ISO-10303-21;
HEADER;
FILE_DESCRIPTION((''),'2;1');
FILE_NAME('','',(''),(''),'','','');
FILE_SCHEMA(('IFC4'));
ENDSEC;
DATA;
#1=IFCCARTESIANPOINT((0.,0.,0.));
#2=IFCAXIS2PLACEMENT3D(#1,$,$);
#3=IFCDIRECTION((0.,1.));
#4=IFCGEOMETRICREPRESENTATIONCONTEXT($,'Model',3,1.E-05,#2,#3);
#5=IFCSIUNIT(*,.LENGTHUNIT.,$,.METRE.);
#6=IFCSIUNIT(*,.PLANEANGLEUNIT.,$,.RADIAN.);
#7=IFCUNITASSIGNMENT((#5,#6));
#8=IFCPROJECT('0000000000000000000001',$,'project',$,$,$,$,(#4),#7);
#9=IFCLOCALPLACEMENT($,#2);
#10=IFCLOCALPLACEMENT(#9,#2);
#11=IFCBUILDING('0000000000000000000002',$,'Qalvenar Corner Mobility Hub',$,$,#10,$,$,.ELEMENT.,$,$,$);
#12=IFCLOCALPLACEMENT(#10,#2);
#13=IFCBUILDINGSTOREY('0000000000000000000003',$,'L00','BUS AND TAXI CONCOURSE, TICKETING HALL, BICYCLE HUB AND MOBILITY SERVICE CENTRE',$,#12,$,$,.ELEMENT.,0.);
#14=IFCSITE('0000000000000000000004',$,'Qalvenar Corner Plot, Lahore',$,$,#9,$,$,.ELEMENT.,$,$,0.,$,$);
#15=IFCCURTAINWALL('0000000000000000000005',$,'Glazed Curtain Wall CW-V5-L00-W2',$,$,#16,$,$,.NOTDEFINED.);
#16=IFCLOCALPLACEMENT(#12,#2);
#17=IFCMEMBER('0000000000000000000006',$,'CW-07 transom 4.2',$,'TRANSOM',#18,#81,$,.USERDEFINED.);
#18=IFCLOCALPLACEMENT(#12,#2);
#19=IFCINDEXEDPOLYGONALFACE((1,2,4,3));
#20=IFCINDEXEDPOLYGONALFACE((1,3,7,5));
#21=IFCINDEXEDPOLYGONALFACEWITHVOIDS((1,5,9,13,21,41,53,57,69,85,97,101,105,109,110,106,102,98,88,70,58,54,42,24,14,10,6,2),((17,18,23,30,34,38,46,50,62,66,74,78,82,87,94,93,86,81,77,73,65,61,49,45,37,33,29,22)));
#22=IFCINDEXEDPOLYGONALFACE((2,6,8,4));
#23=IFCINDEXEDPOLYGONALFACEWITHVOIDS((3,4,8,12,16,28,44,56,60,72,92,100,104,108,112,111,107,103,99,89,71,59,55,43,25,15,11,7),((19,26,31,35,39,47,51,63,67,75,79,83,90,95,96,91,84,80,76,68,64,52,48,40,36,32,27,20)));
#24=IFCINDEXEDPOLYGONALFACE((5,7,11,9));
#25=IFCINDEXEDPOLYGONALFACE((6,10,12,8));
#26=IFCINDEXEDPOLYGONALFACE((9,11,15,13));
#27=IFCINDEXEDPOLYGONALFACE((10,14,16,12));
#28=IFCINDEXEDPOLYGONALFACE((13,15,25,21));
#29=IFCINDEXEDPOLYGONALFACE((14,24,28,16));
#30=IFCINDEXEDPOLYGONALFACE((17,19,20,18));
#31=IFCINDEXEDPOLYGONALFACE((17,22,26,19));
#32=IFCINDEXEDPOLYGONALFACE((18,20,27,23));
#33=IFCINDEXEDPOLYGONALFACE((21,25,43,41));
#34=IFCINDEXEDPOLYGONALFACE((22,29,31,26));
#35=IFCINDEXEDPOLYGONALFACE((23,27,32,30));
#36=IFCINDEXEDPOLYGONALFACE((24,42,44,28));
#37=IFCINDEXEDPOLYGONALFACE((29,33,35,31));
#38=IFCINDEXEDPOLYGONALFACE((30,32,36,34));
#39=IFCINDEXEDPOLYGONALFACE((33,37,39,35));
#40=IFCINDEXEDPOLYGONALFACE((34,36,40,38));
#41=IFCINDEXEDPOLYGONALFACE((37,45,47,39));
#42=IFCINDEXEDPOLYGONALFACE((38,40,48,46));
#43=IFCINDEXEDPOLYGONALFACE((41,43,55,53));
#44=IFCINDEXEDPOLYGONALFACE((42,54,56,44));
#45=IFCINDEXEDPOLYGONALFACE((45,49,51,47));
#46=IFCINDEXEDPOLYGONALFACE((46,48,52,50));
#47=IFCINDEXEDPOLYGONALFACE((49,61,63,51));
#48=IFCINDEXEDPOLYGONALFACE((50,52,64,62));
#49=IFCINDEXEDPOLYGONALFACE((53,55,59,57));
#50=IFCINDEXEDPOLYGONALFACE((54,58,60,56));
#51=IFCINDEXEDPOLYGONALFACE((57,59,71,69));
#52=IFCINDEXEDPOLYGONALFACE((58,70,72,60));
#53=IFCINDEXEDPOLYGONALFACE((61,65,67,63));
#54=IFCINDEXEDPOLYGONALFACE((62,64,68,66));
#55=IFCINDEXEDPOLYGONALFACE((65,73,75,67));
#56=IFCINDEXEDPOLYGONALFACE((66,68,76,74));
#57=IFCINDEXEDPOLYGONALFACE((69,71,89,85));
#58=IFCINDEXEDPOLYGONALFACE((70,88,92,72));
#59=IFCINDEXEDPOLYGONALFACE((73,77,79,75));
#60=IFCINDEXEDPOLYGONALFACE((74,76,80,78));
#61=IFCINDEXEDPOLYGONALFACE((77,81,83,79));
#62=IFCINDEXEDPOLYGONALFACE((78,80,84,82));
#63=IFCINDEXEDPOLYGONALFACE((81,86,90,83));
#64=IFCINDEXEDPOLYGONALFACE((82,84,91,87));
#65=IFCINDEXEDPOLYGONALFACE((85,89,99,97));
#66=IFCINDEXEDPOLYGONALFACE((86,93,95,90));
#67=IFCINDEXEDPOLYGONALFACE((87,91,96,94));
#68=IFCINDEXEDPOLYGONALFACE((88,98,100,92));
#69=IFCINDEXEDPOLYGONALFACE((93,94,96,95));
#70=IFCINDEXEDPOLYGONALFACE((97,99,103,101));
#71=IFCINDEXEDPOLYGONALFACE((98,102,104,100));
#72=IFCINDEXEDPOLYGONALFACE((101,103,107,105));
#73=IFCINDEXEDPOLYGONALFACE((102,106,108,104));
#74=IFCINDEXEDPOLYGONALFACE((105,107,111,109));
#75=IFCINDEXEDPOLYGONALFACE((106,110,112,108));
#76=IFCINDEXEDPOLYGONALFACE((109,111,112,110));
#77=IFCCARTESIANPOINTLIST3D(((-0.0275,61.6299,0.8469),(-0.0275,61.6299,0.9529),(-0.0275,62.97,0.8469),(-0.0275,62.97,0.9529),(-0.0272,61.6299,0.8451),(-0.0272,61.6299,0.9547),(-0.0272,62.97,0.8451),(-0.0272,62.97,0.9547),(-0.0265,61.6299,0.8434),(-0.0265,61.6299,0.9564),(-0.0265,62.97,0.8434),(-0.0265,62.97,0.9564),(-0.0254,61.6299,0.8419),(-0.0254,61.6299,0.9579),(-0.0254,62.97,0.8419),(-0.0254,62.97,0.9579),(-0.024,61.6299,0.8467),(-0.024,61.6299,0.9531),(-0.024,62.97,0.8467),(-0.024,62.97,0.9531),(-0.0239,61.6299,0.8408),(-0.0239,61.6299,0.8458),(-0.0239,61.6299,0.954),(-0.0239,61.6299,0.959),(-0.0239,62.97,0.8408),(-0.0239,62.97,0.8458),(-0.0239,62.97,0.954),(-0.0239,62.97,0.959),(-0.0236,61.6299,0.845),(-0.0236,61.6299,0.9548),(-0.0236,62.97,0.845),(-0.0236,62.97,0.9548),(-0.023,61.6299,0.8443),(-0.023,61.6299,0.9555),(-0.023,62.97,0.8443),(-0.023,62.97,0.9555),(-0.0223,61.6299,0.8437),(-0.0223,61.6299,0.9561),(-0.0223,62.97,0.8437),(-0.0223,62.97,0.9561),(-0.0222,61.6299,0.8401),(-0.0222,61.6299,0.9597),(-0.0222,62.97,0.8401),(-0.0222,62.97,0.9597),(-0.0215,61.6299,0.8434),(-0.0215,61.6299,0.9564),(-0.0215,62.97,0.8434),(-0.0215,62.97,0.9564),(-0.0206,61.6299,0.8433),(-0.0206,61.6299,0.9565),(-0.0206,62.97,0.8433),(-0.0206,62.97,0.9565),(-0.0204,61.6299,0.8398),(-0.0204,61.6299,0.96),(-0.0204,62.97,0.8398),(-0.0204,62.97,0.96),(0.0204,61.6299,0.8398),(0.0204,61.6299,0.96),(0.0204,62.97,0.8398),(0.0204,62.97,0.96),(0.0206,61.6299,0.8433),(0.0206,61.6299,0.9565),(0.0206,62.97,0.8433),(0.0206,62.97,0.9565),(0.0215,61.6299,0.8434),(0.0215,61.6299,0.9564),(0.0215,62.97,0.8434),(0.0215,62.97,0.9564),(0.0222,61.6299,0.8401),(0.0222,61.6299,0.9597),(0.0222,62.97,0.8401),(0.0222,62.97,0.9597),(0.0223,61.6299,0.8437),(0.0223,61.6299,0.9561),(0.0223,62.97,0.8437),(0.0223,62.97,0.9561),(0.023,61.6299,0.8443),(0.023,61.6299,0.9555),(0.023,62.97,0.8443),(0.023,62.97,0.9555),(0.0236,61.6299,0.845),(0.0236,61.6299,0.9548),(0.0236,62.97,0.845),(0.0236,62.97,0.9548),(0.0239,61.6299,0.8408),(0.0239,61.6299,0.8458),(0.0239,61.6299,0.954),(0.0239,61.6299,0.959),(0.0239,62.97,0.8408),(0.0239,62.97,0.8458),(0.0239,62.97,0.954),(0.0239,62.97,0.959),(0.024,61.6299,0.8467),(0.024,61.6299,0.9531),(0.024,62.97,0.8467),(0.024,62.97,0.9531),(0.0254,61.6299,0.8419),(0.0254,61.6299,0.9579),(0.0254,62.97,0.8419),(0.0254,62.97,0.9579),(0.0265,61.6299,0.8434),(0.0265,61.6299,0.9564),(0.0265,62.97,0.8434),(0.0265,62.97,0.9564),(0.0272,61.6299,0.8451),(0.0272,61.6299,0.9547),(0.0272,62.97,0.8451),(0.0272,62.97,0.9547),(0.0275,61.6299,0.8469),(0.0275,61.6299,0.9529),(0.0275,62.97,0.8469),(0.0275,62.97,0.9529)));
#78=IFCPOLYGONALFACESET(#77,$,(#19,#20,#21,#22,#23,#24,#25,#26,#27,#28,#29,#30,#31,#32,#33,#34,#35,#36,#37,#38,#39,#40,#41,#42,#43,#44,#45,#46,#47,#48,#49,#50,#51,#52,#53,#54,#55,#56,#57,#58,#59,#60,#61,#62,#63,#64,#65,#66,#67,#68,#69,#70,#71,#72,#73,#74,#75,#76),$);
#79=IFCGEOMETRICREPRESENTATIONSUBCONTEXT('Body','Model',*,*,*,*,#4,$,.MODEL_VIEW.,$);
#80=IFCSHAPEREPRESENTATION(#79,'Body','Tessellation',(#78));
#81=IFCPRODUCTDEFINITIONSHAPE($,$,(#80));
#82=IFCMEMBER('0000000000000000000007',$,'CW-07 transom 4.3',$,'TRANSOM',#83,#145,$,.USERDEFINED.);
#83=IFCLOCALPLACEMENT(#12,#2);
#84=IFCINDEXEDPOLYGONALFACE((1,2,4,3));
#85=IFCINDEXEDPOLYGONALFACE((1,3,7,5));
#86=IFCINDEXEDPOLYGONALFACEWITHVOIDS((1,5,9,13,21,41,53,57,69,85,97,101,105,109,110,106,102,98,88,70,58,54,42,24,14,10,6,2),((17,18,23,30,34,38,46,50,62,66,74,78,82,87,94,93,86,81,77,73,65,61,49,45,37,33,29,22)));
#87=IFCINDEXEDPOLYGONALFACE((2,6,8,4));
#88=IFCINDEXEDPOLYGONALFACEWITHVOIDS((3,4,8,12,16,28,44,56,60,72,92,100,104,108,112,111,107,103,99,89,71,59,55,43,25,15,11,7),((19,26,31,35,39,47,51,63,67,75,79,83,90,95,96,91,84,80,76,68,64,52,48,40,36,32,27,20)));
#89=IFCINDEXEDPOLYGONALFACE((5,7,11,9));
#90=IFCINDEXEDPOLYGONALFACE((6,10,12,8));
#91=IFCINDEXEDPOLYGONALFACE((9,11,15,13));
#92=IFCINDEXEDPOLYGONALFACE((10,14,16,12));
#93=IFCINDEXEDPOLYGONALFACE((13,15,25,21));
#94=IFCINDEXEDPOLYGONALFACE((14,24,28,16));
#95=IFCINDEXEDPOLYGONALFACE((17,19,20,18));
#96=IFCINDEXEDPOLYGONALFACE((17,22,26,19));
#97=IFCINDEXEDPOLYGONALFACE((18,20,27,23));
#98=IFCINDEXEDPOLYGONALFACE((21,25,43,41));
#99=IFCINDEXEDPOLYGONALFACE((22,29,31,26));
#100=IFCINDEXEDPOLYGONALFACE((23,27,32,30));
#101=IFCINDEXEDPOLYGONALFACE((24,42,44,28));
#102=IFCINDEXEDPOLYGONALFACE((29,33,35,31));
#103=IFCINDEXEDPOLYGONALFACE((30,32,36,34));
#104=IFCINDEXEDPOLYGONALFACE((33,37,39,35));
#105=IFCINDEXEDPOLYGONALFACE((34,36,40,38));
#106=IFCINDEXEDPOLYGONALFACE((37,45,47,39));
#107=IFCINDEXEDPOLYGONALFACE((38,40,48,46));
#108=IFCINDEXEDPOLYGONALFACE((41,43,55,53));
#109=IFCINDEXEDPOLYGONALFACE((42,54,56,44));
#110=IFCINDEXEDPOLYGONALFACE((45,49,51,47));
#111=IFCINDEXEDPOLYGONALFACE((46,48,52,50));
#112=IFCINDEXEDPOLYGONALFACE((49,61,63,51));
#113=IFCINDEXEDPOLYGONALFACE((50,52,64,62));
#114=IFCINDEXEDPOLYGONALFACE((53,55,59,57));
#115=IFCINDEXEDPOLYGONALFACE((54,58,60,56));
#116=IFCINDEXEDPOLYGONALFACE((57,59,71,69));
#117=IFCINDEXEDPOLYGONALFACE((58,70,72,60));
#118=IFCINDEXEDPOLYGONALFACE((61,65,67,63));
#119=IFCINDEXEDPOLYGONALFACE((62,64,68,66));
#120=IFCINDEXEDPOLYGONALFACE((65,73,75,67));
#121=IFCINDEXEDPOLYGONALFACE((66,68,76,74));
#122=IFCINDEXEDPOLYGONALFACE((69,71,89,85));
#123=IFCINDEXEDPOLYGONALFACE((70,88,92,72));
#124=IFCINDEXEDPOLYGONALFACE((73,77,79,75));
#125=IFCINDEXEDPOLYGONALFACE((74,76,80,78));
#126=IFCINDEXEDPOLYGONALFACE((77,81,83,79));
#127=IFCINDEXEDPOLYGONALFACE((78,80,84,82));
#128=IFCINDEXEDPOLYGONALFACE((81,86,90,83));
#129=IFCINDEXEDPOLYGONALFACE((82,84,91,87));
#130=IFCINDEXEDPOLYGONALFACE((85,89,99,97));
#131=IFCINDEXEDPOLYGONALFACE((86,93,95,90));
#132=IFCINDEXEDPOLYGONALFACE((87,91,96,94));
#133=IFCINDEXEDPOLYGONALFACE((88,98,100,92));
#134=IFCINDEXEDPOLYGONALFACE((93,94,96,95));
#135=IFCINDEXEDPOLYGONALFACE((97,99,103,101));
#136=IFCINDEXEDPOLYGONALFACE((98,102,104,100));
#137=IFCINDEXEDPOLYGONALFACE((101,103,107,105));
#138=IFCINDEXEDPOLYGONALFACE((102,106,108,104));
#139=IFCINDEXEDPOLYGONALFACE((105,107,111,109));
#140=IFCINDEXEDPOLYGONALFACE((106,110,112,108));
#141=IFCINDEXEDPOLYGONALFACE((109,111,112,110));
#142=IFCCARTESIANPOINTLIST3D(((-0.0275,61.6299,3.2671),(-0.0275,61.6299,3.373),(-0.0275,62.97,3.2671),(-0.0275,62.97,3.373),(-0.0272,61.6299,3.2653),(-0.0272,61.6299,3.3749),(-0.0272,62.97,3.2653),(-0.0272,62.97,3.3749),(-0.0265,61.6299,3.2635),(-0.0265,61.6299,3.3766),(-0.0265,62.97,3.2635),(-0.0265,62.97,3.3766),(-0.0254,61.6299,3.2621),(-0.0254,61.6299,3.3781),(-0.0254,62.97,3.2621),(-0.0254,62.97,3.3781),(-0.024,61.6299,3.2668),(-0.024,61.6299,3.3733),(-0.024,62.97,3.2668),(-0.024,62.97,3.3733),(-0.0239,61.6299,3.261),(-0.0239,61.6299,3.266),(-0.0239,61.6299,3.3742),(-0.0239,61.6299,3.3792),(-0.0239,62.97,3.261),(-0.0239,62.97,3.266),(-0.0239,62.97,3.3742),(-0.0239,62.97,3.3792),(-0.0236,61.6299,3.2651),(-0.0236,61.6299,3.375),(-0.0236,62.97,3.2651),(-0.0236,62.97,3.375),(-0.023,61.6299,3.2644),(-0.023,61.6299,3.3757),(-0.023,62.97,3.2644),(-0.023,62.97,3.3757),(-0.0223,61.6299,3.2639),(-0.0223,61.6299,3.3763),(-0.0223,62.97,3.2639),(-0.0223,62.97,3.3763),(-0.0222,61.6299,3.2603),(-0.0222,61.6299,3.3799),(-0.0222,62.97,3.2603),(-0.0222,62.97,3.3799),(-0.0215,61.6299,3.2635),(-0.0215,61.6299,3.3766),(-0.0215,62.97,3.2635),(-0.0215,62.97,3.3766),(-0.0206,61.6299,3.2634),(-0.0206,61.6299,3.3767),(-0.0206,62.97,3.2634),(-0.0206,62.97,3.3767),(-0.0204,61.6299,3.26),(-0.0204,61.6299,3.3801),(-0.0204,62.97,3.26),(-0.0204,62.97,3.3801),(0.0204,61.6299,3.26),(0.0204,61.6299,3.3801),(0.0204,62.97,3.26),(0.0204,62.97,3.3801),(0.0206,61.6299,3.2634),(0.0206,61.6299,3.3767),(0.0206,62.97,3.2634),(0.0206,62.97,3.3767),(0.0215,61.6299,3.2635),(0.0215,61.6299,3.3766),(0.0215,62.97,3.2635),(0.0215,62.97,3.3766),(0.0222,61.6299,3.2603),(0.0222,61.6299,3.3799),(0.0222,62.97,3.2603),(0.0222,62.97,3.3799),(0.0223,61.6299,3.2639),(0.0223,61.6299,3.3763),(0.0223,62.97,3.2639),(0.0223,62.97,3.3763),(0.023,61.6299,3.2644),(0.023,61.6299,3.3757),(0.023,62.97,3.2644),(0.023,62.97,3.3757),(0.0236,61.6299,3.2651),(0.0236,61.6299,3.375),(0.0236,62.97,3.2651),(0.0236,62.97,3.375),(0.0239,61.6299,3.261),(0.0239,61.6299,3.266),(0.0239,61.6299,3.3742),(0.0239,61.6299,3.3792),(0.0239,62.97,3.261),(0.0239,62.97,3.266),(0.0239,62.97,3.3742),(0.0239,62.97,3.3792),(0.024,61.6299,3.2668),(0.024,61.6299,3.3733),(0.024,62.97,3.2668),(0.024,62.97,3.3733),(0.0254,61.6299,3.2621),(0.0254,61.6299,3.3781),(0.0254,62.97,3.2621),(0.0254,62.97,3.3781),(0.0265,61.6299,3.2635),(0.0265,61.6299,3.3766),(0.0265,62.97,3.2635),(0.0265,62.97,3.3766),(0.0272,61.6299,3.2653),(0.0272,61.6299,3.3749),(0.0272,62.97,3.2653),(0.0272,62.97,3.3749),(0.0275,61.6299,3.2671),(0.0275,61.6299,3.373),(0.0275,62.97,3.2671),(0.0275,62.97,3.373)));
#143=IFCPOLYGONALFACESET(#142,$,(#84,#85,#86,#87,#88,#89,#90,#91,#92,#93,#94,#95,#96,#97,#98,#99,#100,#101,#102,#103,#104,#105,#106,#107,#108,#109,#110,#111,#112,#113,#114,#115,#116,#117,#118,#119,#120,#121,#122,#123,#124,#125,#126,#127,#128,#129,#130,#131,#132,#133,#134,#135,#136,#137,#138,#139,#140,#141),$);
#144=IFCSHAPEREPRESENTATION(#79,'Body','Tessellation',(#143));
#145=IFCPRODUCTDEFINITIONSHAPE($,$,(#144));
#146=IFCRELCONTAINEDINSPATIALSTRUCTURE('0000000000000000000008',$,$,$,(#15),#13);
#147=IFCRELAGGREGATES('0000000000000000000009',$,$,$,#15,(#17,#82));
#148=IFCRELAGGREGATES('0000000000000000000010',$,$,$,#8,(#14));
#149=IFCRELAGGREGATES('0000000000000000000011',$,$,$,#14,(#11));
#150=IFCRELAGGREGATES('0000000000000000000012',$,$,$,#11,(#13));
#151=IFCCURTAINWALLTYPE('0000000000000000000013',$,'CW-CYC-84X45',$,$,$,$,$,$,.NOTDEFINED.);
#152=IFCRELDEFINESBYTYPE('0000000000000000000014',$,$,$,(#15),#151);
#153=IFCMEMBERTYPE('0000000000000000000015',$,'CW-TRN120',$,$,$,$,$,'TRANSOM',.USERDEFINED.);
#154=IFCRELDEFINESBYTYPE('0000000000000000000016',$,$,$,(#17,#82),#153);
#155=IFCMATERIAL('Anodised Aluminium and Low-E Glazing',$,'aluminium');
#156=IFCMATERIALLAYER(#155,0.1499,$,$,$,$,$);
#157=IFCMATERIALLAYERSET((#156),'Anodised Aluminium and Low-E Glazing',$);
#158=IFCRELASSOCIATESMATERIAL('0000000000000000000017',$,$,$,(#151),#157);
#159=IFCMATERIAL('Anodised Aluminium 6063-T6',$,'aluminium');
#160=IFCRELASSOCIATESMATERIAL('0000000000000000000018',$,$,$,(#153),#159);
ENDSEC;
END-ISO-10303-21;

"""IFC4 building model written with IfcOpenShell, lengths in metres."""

from ifc_helpers import new_model, si_unit, direction, frame, origin, origin_2d, place, context, subcontext, project, spatial, hollow_rectangle, extrude, material, layer, layer_set, material_profile, profile_set, type_object, element, aggregate, save


model = new_model("IFC4")

# Units and contexts
model_context = context("Model", 3, precision=1e-05, world=origin(), true_north=direction((0.0, 1.0)))
body_context = subcontext(model_context, "Body", "Model", "MODEL_VIEW")
ifc_project = project(units=[si_unit("LENGTHUNIT", "METRE"), si_unit("PLANEANGLEUNIT", "RADIAN")], contexts=[model_context])

# Site, building, storey
site_placement = place(None, origin())
site = spatial("IfcSite", under=ifc_project, at=site_placement, Name="Qalvenar Corner Plot, Lahore", CompositionType="ELEMENT", RefElevation=0.0)
building_placement = place(site_placement, origin())
building = spatial("IfcBuilding", under=site, at=building_placement, Name="Qalvenar Corner Mobility Hub", CompositionType="ELEMENT")
storey_placement = place(building_placement, origin())
storey = spatial("IfcBuildingStorey", under=building, at=storey_placement, Name="L00", Description="BUS AND TAXI CONCOURSE, TICKETING HALL, BICYCLE HUB AND MOBILITY SERVICE CENTRE", CompositionType="ELEMENT", Elevation=0.0)

# Curtain wall, members
ifc_material_1 = material(Name="Anodised Aluminium and Low-E Glazing", Category="aluminium")
ifc_layer_1 = layer(ifc_material_1, 0.1499)
ifc_layer_set_1 = layer_set([ifc_layer_1], Name="Anodised Aluminium and Low-E Glazing")
curtain_wall_type = type_object("IfcCurtainWallType", Name="CW-CYC-84X45", PredefinedType="NOTDEFINED", material=ifc_layer_set_1)
curtain_wall_placement = place(storey_placement, origin())
curtain_wall = element("IfcCurtainWall", 1, at=curtain_wall_placement, inside=storey, type_object=curtain_wall_type, Name="Glazed Curtain Wall CW-V5-L00-W2", PredefinedType="NOTDEFINED")
ifc_material_2 = material(Name="Anodised Aluminium 6063-T6", Category="aluminium")
ifc_material_profile_1 = material_profile(ifc_material_2, hollow_rectangle(XDim=0.0549, YDim=0.1201, WallThickness=0.0034, InnerFilletRadius=0.0034, OuterFilletRadius=0.0071, at=origin_2d()), Name="RHS120x55x3.5")
ifc_profile_set_1 = profile_set([ifc_material_profile_1], Name="Anodised Aluminium 6063-T6")
member_type_1 = type_object("IfcMemberType", Name="CW-TRN120", ElementType="TRANSOM", PredefinedType="USERDEFINED", material=ifc_profile_set_1)
member_1_placement = place(storey_placement, frame((0.0, 62.97, 0.8999), z_axis=(0.0, -1.0, 0.0), x_axis=(1.0, 0.0, 0.0)))
member_1 = element("IfcMember", 2, at=member_1_placement, type_object=member_type_1, Name="CW-07 transom 4.2", ObjectType="TRANSOM", PredefinedType="USERDEFINED", context=body_context, shape_type="SweptSolid", body=[
    extrude(hollow_rectangle(XDim=0.0549, YDim=0.1201, WallThickness=0.0034, InnerFilletRadius=0.0034, OuterFilletRadius=0.0071, at=origin_2d()), origin(), (0.0, 0.0, 1.0), 1.3401),
])
member_2_placement = place(storey_placement, frame((0.0, 62.97, 3.3201), z_axis=(0.0, -1.0, 0.0), x_axis=(1.0, 0.0, 0.0)))
member_2 = element("IfcMember", 3, at=member_2_placement, type_object=member_type_1, Name="CW-07 transom 4.3", ObjectType="TRANSOM", PredefinedType="USERDEFINED", context=body_context, shape_type="SweptSolid", body=[
    extrude(hollow_rectangle(XDim=0.0549, YDim=0.1201, WallThickness=0.0034, InnerFilletRadius=0.0034, OuterFilletRadius=0.0071, at=origin_2d()), origin(), (0.0, 0.0, 1.0), 1.3401),
])
aggregate(curtain_wall, [member_1, member_2])

save(model, "model.ifc")
